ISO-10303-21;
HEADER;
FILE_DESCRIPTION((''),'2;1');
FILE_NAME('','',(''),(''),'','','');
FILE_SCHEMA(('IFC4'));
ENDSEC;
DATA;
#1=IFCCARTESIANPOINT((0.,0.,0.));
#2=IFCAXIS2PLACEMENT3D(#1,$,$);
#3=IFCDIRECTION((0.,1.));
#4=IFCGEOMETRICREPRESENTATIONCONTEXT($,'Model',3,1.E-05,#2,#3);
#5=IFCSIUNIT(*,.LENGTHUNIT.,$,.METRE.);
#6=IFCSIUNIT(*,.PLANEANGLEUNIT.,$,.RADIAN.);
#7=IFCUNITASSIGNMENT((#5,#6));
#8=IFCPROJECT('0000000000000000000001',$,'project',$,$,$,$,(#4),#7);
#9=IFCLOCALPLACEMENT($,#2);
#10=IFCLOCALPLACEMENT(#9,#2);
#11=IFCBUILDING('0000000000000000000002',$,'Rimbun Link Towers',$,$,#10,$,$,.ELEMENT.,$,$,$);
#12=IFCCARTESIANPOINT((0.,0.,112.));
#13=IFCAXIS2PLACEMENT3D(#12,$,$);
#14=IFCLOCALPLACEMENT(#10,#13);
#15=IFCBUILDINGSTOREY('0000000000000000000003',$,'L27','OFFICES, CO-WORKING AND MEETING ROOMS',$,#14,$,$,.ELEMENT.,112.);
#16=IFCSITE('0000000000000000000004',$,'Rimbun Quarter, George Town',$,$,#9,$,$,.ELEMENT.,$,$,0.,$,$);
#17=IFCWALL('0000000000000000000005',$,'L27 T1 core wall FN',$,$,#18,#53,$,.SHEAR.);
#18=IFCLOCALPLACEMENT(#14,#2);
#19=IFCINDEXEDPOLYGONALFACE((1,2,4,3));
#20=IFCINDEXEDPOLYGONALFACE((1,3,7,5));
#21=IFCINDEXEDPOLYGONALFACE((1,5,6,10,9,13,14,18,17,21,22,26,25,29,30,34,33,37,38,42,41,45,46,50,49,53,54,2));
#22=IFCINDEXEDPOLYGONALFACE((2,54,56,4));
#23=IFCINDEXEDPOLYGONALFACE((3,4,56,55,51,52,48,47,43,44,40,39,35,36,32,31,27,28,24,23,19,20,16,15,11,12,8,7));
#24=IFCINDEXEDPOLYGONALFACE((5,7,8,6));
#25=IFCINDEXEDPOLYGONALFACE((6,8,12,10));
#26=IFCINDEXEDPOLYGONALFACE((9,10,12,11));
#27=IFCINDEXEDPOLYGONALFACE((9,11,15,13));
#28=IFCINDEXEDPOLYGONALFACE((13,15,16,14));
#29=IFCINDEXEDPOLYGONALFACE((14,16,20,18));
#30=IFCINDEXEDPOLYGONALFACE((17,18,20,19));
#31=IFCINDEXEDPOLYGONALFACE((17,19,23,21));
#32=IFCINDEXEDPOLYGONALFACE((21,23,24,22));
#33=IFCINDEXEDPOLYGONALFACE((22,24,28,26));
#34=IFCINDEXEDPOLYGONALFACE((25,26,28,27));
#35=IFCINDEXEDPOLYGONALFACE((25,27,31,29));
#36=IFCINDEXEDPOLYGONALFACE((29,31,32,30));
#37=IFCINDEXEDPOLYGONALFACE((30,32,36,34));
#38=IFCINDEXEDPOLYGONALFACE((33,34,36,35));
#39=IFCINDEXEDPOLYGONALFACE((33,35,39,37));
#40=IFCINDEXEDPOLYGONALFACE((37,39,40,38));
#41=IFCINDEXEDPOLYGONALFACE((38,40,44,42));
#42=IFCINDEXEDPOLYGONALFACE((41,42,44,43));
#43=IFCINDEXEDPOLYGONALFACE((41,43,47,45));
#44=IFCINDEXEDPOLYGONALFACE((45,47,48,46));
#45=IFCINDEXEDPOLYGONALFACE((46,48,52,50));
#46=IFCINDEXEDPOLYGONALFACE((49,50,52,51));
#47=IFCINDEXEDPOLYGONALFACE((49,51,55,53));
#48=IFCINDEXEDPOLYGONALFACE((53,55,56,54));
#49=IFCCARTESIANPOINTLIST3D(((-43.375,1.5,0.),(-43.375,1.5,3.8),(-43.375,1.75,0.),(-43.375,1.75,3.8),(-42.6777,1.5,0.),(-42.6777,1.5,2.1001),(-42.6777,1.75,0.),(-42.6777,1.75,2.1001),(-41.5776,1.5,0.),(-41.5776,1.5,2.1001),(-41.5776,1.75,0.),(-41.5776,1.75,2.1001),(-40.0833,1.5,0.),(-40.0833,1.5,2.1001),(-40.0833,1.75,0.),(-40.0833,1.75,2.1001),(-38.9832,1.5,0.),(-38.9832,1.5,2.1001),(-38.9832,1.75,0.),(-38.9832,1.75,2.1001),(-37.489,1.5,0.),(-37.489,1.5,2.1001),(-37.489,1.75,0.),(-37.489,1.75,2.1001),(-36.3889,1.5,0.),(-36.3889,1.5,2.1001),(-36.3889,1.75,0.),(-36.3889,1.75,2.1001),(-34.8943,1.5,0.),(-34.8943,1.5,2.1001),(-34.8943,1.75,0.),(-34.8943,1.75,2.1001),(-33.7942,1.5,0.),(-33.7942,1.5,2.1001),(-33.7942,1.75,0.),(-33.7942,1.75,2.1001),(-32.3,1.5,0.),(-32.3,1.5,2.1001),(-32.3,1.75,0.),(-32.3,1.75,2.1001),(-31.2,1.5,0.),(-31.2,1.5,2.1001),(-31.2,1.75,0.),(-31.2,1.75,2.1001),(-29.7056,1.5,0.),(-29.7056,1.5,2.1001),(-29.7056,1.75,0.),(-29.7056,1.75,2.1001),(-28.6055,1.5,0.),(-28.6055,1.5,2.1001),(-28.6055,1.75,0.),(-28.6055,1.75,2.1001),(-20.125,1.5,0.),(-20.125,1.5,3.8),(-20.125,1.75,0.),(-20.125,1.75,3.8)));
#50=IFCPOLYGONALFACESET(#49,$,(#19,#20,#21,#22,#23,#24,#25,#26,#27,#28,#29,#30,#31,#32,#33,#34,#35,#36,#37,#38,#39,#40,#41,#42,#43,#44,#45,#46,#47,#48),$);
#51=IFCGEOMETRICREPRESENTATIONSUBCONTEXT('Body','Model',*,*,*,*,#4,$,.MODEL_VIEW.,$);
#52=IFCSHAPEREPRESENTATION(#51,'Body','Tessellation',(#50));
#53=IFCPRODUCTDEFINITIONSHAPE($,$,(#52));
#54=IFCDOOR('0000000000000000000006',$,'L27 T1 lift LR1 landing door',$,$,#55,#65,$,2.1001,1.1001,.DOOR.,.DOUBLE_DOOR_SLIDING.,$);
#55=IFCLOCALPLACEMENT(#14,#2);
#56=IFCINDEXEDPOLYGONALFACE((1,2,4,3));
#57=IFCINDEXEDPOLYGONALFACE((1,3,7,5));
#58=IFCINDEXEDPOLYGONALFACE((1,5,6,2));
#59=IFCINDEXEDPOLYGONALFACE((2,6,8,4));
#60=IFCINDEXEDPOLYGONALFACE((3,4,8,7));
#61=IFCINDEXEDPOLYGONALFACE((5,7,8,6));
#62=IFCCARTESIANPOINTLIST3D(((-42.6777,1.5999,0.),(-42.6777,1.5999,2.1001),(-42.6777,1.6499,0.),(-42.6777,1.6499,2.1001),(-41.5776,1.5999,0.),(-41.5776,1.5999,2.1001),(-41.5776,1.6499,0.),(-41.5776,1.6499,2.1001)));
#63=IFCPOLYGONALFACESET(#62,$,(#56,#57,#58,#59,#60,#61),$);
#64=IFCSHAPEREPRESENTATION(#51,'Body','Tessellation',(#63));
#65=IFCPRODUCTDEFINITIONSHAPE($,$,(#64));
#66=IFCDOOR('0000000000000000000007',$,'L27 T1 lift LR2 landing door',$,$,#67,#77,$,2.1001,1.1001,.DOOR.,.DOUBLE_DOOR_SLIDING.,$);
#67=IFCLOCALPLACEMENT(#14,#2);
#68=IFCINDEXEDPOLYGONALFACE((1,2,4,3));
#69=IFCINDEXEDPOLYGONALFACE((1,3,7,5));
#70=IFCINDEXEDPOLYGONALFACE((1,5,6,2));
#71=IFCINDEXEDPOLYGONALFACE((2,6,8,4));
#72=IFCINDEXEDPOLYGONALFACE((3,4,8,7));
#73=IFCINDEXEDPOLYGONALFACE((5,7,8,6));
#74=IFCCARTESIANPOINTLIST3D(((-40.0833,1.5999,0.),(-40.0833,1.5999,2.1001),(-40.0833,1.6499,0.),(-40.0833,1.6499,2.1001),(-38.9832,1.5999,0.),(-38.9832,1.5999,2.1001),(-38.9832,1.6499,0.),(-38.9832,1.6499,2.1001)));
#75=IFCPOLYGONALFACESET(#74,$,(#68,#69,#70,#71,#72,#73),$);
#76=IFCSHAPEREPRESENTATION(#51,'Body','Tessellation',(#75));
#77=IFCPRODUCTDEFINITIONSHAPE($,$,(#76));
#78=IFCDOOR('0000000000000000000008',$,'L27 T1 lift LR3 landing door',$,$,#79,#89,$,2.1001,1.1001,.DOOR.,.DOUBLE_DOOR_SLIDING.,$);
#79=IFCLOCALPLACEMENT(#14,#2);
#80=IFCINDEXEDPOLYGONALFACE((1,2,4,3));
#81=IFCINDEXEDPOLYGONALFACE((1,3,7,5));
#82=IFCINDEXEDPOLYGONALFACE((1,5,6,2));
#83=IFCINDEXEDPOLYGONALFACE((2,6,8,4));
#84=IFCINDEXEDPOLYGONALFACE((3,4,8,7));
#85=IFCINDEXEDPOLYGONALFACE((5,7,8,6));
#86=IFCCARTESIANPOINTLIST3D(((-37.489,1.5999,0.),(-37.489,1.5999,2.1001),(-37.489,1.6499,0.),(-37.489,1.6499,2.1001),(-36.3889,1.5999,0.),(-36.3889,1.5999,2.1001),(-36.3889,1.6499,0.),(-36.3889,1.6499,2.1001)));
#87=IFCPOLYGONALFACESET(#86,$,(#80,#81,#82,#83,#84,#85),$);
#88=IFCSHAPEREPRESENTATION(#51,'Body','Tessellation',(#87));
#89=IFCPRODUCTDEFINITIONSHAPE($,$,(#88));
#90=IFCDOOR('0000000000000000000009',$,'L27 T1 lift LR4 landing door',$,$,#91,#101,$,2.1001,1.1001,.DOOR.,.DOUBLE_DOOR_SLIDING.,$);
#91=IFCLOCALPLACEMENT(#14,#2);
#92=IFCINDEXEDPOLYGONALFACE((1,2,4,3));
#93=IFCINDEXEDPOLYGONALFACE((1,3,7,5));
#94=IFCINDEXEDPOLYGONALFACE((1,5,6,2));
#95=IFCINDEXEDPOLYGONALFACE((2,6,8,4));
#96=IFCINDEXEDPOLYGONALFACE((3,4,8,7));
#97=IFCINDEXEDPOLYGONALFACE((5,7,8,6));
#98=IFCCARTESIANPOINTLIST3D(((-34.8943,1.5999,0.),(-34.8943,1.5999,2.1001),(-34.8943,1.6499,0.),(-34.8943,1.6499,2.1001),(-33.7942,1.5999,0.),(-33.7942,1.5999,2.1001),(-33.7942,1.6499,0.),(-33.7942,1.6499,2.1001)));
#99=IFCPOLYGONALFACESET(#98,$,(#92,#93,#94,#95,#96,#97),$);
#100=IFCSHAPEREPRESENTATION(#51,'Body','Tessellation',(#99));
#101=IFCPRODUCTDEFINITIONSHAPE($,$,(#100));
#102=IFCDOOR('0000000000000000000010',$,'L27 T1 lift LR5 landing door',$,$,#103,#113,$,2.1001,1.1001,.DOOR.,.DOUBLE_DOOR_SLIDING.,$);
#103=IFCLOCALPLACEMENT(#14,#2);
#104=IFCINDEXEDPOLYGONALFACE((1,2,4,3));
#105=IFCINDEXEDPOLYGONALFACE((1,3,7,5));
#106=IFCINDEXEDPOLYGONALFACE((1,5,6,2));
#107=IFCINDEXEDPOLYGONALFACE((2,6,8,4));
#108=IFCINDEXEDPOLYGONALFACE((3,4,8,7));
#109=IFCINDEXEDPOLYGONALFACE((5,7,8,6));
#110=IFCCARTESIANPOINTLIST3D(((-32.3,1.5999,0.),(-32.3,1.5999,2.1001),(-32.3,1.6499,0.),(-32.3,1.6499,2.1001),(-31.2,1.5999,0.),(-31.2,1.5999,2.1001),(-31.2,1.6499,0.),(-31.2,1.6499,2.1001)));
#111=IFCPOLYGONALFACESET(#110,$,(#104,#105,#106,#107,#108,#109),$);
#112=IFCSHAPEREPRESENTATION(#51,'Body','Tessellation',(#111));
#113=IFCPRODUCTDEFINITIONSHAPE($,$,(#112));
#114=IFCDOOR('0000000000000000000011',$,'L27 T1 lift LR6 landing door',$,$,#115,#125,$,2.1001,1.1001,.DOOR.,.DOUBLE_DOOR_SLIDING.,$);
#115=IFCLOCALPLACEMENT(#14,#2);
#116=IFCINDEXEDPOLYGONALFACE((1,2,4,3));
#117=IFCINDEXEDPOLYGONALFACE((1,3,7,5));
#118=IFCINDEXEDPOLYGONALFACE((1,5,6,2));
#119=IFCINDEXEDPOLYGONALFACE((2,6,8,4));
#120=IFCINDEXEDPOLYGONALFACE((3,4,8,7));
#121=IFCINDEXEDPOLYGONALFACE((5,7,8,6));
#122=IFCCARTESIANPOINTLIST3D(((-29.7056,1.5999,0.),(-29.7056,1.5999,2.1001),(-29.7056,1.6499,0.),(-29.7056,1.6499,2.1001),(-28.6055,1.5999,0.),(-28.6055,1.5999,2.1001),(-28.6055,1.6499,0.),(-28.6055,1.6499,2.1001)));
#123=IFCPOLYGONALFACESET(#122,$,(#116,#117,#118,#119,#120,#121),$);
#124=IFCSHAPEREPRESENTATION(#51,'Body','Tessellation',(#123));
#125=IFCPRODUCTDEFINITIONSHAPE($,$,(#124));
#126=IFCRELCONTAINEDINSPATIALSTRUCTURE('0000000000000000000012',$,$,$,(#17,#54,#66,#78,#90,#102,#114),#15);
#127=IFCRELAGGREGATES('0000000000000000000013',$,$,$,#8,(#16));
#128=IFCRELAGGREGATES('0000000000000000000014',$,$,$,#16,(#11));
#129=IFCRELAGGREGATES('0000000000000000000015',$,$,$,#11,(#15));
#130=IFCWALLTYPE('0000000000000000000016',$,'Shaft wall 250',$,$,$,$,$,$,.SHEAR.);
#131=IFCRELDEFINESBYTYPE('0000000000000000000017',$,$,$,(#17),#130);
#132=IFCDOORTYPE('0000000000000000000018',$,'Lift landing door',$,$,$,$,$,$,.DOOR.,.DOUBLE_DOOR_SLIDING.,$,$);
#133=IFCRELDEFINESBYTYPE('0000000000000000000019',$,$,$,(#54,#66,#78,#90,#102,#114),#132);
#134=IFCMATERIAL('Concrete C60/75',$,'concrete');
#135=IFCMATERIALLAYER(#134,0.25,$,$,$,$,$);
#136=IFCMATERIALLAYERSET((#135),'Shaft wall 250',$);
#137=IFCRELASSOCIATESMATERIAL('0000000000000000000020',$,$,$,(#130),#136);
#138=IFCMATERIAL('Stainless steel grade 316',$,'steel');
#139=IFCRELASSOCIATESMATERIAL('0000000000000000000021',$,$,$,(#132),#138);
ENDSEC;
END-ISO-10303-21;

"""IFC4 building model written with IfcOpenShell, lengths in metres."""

from ifc_helpers import new_model, si_unit, direction, frame, frame_2d, origin, place, context, subcontext, project, spatial, rectangle, extrude, material, layer, layer_set, type_object, element, fill, save


model = new_model("IFC4")

# Units and contexts
model_context = context("Model", 3, precision=1e-05, world=origin(), true_north=direction((0.0, 1.0)))
body_context = subcontext(model_context, "Body", "Model", "MODEL_VIEW")
ifc_project = project(units=[si_unit("LENGTHUNIT", "METRE"), si_unit("PLANEANGLEUNIT", "RADIAN")], contexts=[model_context])

# Site, building, storey
site_placement = place(None, origin())
site = spatial("IfcSite", under=ifc_project, at=site_placement, Name="Rimbun Quarter, George Town", CompositionType="ELEMENT", RefElevation=0.0)
building_placement = place(site_placement, origin())
building = spatial("IfcBuilding", under=site, at=building_placement, Name="Rimbun Link Towers", CompositionType="ELEMENT")
storey_placement = place(building_placement, frame((0.0, 0.0, 112.0)))
storey = spatial("IfcBuildingStorey", under=building, at=storey_placement, Name="L27", Description="OFFICES, CO-WORKING AND MEETING ROOMS", CompositionType="ELEMENT", Elevation=112.0)

# Shared definitions
ifc_material_1 = material(Name="Concrete C60/75", Category="concrete")
ifc_layer_1 = layer(ifc_material_1, 0.25)
ifc_layer_set_1 = layer_set([ifc_layer_1], Name="Shaft wall 250")
wall_type_1 = type_object("IfcWallType", Name="Shaft wall 250", PredefinedType="SHEAR", material=ifc_layer_set_1)

# Wall, openings, doors
wall_1_placement = place(storey_placement, frame((-43.375, 1.625, 0.0), z_axis=(0.0, 0.0, 1.0), x_axis=(1.0, 0.0, 0.0)))
wall_1 = element("IfcWall", 1, at=wall_1_placement, inside=storey, type_object=wall_type_1, Name="L27 T1 core wall FN", PredefinedType="SHEAR", context=body_context, shape_type="SweptSolid", body=[
    extrude(rectangle(XDim=23.25, YDim=0.25, at=frame_2d((11.625, 0.0))), origin(), (0.0, 0.0, 1.0), 3.8),
])
opening_1_placement = place(wall_1_placement, frame((0.6973, 0.0, 0.0)))
opening_1 = element("IfcOpeningElement", 2, at=opening_1_placement, cuts=wall_1, PredefinedType="OPENING", context=body_context, shape_type="SweptSolid", body=[
    extrude(rectangle(XDim=1.1001, YDim=2.1001, at=frame_2d((0.55, 1.05))), frame((0.0, 0.135, 0.0), z_axis=(0.0, -1.0, 0.0), x_axis=(1.0, 0.0, 0.0)), (0.0, 0.0, 1.0), 0.27),
])
opening_2_placement = place(wall_1_placement, frame((3.2917, 0.0, 0.0)))
opening_2 = element("IfcOpeningElement", 3, at=opening_2_placement, cuts=wall_1, PredefinedType="OPENING", context=body_context, shape_type="SweptSolid", body=[
    extrude(rectangle(XDim=1.1001, YDim=2.1001, at=frame_2d((0.55, 1.05))), frame((0.0, 0.135, 0.0), z_axis=(0.0, -1.0, 0.0), x_axis=(1.0, 0.0, 0.0)), (0.0, 0.0, 1.0), 0.27),
])
opening_3_placement = place(wall_1_placement, frame((5.886, 0.0, 0.0)))
opening_3 = element("IfcOpeningElement", 4, at=opening_3_placement, cuts=wall_1, PredefinedType="OPENING", context=body_context, shape_type="SweptSolid", body=[
    extrude(rectangle(XDim=1.1001, YDim=2.1001, at=frame_2d((0.55, 1.05))), frame((0.0, 0.135, 0.0), z_axis=(0.0, -1.0, 0.0), x_axis=(1.0, 0.0, 0.0)), (0.0, 0.0, 1.0), 0.27),
])
opening_4_placement = place(wall_1_placement, frame((8.4807, 0.0, 0.0)))
opening_4 = element("IfcOpeningElement", 5, at=opening_4_placement, cuts=wall_1, PredefinedType="OPENING", context=body_context, shape_type="SweptSolid", body=[
    extrude(rectangle(XDim=1.1001, YDim=2.1001, at=frame_2d((0.55, 1.05))), frame((0.0, 0.135, 0.0), z_axis=(0.0, -1.0, 0.0), x_axis=(1.0, 0.0, 0.0)), (0.0, 0.0, 1.0), 0.27),
])
opening_5_placement = place(wall_1_placement, frame((11.075, 0.0, 0.0)))
opening_5 = element("IfcOpeningElement", 6, at=opening_5_placement, cuts=wall_1, PredefinedType="OPENING", context=body_context, shape_type="SweptSolid", body=[
    extrude(rectangle(XDim=1.1001, YDim=2.1001, at=frame_2d((0.55, 1.05))), frame((0.0, 0.135, 0.0), z_axis=(0.0, -1.0, 0.0), x_axis=(1.0, 0.0, 0.0)), (0.0, 0.0, 1.0), 0.27),
])
opening_6_placement = place(wall_1_placement, frame((13.6694, 0.0, 0.0)))
opening_6 = element("IfcOpeningElement", 7, at=opening_6_placement, cuts=wall_1, PredefinedType="OPENING", context=body_context, shape_type="SweptSolid", body=[
    extrude(rectangle(XDim=1.1001, YDim=2.1001, at=frame_2d((0.55, 1.05))), frame((0.0, 0.135, 0.0), z_axis=(0.0, -1.0, 0.0), x_axis=(1.0, 0.0, 0.0)), (0.0, 0.0, 1.0), 0.27),
])
ifc_material_2 = material(Name="Stainless steel grade 316", Category="steel")
door_type_1 = type_object("IfcDoorType", Name="Lift landing door", OperationType="DOUBLE_DOOR_SLIDING", PredefinedType="DOOR", material=ifc_material_2)
door_1_placement = place(opening_1_placement, origin())
door_1 = element("IfcDoor", 8, at=door_1_placement, inside=storey, type_object=door_type_1, Name="L27 T1 lift LR1 landing door", OperationType="DOUBLE_DOOR_SLIDING", OverallHeight=2.1001, OverallWidth=1.1001, PredefinedType="DOOR", context=body_context, shape_type="SweptSolid", body=[
    extrude(rectangle(XDim=1.1001, YDim=2.1001, at=frame_2d((0.55, 1.05))), frame((0.0, 0.0249, 0.0), z_axis=(0.0, -1.0, 0.0), x_axis=(1.0, 0.0, 0.0)), (0.0, 0.0, 1.0), 0.05),
])
fill(opening_1, door_1)
door_2_placement = place(opening_2_placement, origin())
door_2 = element("IfcDoor", 9, at=door_2_placement, inside=storey, type_object=door_type_1, Name="L27 T1 lift LR2 landing door", OperationType="DOUBLE_DOOR_SLIDING", OverallHeight=2.1001, OverallWidth=1.1001, PredefinedType="DOOR", context=body_context, shape_type="SweptSolid", body=[
    extrude(rectangle(XDim=1.1001, YDim=2.1001, at=frame_2d((0.55, 1.05))), frame((0.0, 0.0249, 0.0), z_axis=(0.0, -1.0, 0.0), x_axis=(1.0, 0.0, 0.0)), (0.0, 0.0, 1.0), 0.05),
])
fill(opening_2, door_2)
door_3_placement = place(opening_3_placement, origin())
door_3 = element("IfcDoor", 10, at=door_3_placement, inside=storey, type_object=door_type_1, Name="L27 T1 lift LR3 landing door", OperationType="DOUBLE_DOOR_SLIDING", OverallHeight=2.1001, OverallWidth=1.1001, PredefinedType="DOOR", context=body_context, shape_type="SweptSolid", body=[
    extrude(rectangle(XDim=1.1001, YDim=2.1001, at=frame_2d((0.55, 1.05))), frame((0.0, 0.0249, 0.0), z_axis=(0.0, -1.0, 0.0), x_axis=(1.0, 0.0, 0.0)), (0.0, 0.0, 1.0), 0.05),
])
fill(opening_3, door_3)
door_4_placement = place(opening_4_placement, origin())
door_4 = element("IfcDoor", 11, at=door_4_placement, inside=storey, type_object=door_type_1, Name="L27 T1 lift LR4 landing door", OperationType="DOUBLE_DOOR_SLIDING", OverallHeight=2.1001, OverallWidth=1.1001, PredefinedType="DOOR", context=body_context, shape_type="SweptSolid", body=[
    extrude(rectangle(XDim=1.1001, YDim=2.1001, at=frame_2d((0.55, 1.05))), frame((0.0, 0.0249, 0.0), z_axis=(0.0, -1.0, 0.0), x_axis=(1.0, 0.0, 0.0)), (0.0, 0.0, 1.0), 0.05),
])
fill(opening_4, door_4)
door_5_placement = place(opening_5_placement, origin())
door_5 = element("IfcDoor", 12, at=door_5_placement, inside=storey, type_object=door_type_1, Name="L27 T1 lift LR5 landing door", OperationType="DOUBLE_DOOR_SLIDING", OverallHeight=2.1001, OverallWidth=1.1001, PredefinedType="DOOR", context=body_context, shape_type="SweptSolid", body=[
    extrude(rectangle(XDim=1.1001, YDim=2.1001, at=frame_2d((0.55, 1.05))), frame((0.0, 0.0249, 0.0), z_axis=(0.0, -1.0, 0.0), x_axis=(1.0, 0.0, 0.0)), (0.0, 0.0, 1.0), 0.05),
])
fill(opening_5, door_5)
door_6_placement = place(opening_6_placement, origin())
door_6 = element("IfcDoor", 13, at=door_6_placement, inside=storey, type_object=door_type_1, Name="L27 T1 lift LR6 landing door", OperationType="DOUBLE_DOOR_SLIDING", OverallHeight=2.1001, OverallWidth=1.1001, PredefinedType="DOOR", context=body_context, shape_type="SweptSolid", body=[
    extrude(rectangle(XDim=1.1001, YDim=2.1001, at=frame_2d((0.55, 1.05))), frame((0.0, 0.0249, 0.0), z_axis=(0.0, -1.0, 0.0), x_axis=(1.0, 0.0, 0.0)), (0.0, 0.0, 1.0), 0.05),
])
fill(opening_6, door_6)

save(model, "model.ifc")
